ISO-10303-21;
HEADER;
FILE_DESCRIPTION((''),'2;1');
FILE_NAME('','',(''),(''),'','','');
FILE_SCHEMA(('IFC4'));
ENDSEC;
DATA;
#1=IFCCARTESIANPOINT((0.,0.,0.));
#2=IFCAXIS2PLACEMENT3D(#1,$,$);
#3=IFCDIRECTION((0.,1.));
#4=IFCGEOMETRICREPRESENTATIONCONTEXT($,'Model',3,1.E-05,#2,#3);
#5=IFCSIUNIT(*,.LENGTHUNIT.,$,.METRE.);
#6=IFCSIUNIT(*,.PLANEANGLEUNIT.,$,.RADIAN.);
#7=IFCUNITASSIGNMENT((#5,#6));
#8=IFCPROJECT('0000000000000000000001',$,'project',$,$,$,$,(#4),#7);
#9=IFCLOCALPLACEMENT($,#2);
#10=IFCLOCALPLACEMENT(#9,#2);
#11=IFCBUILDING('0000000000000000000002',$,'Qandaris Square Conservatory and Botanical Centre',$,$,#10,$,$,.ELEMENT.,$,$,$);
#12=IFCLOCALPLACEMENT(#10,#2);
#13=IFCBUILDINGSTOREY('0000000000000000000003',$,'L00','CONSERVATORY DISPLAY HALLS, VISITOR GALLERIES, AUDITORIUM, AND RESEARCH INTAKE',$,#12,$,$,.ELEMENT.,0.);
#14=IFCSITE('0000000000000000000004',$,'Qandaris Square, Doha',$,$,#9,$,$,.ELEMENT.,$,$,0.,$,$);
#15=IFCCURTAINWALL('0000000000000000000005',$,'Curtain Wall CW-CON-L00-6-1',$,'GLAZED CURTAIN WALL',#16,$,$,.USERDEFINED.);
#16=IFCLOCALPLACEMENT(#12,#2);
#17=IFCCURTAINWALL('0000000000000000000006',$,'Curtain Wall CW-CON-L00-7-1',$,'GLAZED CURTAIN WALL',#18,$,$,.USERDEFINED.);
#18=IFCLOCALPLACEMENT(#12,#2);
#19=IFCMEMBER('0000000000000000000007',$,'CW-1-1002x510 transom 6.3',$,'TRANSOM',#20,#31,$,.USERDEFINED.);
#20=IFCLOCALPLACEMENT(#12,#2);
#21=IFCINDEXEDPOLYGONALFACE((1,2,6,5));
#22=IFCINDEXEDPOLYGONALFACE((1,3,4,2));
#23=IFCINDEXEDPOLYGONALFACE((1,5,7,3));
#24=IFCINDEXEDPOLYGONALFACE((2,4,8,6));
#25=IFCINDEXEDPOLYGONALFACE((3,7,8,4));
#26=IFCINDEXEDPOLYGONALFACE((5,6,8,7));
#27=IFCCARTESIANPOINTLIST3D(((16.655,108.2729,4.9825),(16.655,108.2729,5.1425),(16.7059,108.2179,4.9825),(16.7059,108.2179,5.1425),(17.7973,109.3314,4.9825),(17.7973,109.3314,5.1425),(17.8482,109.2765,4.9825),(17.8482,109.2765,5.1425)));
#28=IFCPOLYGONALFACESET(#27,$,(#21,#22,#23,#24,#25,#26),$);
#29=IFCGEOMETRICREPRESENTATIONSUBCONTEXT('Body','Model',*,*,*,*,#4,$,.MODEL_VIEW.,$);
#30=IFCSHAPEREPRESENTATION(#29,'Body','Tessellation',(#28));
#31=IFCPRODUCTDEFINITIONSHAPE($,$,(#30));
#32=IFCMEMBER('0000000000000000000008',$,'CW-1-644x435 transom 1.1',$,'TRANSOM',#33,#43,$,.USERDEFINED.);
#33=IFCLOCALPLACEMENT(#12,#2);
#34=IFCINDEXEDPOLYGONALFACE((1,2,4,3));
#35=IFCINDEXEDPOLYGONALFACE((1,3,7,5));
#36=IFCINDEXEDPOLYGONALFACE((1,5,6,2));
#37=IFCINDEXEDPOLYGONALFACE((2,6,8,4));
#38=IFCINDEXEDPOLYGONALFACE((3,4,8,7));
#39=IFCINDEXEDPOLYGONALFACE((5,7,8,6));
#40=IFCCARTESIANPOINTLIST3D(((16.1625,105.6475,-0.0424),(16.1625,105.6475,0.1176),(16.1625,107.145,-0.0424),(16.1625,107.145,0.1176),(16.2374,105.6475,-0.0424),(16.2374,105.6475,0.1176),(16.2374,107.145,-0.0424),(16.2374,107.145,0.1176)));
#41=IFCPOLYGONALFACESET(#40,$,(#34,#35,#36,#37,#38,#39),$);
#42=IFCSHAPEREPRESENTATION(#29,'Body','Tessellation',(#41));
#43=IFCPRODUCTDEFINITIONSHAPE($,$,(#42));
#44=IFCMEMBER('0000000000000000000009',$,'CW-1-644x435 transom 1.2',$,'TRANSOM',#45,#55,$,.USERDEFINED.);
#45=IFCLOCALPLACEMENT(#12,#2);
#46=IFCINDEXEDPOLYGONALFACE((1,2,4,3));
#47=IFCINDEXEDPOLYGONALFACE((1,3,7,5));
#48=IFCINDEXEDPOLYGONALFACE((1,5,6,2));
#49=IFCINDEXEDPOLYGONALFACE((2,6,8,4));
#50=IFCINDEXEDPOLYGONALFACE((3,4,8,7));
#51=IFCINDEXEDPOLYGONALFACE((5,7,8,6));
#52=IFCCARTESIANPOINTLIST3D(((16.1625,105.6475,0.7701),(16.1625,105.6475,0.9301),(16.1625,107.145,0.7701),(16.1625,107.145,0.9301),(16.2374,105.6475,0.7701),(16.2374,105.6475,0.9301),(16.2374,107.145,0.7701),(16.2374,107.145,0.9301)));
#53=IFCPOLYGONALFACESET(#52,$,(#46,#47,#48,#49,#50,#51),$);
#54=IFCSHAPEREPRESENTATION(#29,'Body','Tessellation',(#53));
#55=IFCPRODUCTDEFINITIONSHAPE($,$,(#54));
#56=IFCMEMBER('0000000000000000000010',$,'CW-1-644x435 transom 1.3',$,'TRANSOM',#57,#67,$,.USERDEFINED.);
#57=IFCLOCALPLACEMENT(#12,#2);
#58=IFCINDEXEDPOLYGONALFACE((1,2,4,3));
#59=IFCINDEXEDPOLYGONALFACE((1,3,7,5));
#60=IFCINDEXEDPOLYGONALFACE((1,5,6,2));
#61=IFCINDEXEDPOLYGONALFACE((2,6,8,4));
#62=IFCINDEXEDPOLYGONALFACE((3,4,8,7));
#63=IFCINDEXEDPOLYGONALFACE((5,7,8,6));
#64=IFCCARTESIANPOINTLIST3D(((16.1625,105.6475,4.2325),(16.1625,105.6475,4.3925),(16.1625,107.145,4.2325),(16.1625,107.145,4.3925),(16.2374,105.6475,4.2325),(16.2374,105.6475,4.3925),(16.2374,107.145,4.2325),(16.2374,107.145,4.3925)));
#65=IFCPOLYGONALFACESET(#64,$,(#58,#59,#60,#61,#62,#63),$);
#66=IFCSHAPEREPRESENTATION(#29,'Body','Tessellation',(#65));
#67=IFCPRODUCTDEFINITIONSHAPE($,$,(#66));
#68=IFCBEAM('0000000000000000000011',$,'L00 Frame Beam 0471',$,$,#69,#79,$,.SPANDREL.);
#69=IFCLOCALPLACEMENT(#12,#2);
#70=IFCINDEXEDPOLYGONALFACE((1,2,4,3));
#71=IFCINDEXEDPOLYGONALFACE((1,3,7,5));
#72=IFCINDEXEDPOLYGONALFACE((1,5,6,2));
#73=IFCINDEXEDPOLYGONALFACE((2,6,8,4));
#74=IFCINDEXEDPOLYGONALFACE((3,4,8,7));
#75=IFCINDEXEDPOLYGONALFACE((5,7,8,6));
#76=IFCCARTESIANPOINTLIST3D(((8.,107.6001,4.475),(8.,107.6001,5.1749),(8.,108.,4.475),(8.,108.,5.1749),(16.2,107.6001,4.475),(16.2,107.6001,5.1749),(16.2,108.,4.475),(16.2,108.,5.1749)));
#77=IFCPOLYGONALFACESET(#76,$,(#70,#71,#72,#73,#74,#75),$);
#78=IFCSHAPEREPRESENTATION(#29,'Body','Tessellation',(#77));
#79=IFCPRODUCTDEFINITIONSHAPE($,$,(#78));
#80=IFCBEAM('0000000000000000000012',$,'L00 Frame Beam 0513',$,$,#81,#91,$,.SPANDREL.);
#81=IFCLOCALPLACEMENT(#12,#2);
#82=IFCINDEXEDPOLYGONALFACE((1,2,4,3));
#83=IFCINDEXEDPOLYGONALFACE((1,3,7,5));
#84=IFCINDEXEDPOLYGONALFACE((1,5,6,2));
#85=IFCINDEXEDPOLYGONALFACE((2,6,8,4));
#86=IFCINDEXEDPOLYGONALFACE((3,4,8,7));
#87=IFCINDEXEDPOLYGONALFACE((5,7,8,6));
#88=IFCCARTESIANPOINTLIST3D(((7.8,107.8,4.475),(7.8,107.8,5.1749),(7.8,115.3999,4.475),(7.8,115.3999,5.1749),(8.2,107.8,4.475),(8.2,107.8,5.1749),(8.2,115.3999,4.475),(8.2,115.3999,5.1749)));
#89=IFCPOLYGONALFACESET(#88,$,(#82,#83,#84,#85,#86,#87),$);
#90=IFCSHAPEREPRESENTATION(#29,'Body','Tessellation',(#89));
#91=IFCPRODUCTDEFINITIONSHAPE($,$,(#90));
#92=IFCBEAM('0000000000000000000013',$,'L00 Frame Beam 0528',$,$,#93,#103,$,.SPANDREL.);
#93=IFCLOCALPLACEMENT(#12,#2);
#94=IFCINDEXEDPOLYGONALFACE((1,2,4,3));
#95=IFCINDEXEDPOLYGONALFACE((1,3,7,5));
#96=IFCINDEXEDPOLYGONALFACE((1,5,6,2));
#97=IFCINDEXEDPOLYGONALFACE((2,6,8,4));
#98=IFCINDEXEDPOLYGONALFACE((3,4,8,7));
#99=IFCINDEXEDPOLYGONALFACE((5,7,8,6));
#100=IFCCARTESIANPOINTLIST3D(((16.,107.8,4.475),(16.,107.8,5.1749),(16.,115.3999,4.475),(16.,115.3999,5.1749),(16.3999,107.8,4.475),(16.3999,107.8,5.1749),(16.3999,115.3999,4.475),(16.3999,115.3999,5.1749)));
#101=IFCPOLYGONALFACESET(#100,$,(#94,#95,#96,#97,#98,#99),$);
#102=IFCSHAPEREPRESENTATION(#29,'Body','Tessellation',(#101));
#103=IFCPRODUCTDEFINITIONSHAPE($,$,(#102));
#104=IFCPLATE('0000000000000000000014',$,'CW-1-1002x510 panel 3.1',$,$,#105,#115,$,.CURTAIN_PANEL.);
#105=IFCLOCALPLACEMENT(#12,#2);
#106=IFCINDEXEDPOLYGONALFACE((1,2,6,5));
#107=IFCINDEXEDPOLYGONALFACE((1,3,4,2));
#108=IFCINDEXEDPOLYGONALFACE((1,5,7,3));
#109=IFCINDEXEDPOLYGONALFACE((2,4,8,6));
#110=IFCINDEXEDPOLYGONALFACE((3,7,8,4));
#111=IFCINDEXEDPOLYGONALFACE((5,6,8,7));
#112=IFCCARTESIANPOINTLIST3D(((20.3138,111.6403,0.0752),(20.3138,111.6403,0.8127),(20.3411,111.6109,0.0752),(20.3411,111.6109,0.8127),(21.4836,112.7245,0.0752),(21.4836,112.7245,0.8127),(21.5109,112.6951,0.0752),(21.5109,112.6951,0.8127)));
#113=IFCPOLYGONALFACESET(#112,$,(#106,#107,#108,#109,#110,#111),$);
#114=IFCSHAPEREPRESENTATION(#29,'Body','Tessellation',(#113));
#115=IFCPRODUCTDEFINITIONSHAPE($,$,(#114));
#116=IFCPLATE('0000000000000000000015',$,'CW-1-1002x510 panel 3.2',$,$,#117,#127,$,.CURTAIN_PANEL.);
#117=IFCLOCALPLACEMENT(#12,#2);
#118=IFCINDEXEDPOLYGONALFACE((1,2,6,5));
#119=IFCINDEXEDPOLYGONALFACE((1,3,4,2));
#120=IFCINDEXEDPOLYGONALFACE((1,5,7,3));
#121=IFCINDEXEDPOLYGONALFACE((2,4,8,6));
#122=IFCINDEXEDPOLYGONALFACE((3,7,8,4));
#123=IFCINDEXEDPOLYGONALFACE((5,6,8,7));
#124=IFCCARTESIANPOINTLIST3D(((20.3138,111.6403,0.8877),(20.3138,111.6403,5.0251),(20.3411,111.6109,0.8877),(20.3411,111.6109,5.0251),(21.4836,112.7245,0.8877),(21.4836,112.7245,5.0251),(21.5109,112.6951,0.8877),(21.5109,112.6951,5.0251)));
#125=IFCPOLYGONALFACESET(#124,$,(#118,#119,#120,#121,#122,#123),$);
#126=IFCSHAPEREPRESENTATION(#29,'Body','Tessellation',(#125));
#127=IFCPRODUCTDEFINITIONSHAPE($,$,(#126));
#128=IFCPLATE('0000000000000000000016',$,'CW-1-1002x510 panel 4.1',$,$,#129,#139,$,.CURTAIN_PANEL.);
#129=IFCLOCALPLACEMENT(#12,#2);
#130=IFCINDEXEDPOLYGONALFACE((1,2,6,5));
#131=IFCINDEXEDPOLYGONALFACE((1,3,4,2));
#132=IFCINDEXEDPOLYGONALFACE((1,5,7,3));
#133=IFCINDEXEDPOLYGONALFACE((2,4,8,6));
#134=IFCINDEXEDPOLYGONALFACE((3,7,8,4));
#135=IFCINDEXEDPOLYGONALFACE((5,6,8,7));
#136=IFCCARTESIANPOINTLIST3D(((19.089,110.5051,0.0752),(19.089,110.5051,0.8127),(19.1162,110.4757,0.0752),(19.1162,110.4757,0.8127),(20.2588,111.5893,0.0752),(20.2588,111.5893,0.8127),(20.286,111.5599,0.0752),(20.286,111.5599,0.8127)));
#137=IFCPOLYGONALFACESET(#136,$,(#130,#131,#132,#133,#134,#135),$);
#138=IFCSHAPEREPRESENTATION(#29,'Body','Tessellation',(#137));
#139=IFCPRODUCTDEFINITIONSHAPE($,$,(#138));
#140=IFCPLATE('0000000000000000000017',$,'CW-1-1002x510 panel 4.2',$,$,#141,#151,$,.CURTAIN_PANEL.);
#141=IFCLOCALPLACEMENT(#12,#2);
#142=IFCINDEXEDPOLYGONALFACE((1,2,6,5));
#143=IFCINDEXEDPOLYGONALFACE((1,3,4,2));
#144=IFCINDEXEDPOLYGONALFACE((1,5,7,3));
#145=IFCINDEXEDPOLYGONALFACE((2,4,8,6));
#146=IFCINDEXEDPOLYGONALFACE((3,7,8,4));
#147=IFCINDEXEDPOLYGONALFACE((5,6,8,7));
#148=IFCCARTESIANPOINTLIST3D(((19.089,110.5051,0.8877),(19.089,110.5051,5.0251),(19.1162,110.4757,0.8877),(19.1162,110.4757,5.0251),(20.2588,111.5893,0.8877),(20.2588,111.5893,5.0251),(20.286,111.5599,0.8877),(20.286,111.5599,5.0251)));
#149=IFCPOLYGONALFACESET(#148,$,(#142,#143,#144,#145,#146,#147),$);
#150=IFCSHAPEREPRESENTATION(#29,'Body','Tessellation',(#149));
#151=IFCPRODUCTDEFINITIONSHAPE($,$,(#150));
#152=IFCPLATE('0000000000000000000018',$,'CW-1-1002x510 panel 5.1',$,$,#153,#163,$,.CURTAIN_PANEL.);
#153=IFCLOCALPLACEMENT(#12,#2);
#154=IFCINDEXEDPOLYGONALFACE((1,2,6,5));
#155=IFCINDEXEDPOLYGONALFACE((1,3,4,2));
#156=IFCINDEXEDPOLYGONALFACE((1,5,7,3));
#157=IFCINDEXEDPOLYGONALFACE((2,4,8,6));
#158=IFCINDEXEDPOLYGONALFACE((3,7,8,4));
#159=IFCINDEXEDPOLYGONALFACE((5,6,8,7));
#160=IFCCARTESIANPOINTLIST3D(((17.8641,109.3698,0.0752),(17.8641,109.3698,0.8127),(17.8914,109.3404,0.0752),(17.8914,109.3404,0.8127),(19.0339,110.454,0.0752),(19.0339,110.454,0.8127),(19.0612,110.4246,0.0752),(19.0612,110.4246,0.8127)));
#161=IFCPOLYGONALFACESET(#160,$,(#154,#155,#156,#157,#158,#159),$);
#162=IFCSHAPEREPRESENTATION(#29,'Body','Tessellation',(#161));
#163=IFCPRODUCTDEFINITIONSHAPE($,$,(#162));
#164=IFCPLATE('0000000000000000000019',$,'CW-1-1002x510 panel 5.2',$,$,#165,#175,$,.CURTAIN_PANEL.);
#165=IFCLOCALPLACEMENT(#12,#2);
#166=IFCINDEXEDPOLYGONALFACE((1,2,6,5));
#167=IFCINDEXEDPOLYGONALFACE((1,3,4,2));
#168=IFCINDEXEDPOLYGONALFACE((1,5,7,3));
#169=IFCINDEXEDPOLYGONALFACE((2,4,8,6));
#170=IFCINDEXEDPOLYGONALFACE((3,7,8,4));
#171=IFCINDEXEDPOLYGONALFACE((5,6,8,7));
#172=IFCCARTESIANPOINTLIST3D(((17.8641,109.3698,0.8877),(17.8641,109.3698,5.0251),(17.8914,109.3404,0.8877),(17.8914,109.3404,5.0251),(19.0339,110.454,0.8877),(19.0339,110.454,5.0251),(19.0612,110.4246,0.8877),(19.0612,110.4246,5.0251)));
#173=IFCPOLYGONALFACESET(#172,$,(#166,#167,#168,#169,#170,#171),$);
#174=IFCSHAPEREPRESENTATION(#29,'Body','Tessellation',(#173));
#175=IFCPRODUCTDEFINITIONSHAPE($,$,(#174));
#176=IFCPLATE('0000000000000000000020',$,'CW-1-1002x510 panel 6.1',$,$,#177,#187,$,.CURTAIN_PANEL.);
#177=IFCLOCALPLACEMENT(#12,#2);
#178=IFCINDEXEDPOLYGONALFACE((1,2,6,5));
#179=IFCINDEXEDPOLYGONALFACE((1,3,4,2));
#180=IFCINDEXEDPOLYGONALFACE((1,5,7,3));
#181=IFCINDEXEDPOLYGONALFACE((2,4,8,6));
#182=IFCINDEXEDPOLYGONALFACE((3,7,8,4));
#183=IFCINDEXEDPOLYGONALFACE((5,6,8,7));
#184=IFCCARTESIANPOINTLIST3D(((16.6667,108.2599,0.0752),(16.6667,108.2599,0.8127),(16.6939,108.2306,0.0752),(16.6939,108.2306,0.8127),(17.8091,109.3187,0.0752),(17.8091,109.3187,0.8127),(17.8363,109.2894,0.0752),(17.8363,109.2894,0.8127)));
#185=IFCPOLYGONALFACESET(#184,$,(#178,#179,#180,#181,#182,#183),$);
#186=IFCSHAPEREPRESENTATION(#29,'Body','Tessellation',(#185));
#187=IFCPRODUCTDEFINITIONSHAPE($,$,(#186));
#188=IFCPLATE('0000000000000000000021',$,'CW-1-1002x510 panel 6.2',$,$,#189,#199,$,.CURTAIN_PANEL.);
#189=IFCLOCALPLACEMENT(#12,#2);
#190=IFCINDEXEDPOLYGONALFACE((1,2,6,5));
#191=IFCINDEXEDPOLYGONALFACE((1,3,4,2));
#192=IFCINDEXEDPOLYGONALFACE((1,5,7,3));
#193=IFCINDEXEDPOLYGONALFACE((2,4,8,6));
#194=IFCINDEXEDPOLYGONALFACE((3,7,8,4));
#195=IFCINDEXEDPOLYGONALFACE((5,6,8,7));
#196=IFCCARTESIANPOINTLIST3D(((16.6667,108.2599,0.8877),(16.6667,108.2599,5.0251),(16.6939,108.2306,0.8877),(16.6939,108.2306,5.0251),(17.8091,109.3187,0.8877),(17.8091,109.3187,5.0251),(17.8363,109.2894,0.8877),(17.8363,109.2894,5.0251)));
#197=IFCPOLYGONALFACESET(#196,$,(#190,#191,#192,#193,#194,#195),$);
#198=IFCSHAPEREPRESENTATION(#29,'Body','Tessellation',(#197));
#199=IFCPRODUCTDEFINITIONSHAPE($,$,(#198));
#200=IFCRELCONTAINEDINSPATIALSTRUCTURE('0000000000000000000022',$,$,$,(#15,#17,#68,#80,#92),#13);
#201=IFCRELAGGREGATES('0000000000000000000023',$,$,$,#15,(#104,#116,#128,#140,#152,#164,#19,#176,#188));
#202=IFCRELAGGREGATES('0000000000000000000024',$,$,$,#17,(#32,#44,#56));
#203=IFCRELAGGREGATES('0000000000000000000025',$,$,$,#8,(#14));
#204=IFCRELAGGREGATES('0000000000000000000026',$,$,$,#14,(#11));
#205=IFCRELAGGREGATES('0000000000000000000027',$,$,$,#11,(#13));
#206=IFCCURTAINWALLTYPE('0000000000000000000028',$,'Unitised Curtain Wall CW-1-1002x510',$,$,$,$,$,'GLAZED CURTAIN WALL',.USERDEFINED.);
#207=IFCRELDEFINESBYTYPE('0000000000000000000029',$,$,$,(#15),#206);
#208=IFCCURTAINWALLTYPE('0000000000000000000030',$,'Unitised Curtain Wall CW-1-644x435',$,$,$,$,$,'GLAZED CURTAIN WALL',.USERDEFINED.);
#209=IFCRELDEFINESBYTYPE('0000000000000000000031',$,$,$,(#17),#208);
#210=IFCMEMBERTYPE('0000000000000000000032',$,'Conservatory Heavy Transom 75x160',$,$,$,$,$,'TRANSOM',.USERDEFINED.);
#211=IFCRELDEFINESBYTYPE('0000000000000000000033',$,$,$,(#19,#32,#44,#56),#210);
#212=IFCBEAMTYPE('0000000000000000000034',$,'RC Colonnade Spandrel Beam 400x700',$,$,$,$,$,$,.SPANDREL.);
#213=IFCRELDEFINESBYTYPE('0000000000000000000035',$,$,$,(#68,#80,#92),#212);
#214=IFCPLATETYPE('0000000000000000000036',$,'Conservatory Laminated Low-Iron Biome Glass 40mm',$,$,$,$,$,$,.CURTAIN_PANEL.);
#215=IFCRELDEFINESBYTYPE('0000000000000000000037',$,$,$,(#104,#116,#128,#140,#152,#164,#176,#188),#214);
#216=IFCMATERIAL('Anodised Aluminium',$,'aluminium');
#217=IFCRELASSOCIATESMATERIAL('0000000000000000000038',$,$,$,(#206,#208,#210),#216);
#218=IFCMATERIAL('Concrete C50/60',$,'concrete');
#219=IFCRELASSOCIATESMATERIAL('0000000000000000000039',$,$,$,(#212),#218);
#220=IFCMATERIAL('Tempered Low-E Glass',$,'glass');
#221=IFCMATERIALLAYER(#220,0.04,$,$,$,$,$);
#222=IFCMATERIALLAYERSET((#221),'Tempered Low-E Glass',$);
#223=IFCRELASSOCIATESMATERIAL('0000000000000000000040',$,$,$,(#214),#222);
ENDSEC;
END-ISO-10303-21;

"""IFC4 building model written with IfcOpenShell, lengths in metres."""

from ifc_helpers import new_model, si_unit, direction, frame, origin, origin_2d, place, context, subcontext, project, spatial, rectangle, extrude, material, layer, layer_set, material_profile, profile_set, type_object, element, aggregate, save


model = new_model("IFC4")

# Units and contexts
model_context = context("Model", 3, precision=1e-05, world=origin(), true_north=direction((0.0, 1.0)))
body_context = subcontext(model_context, "Body", "Model", "MODEL_VIEW")
ifc_project = project(units=[si_unit("LENGTHUNIT", "METRE"), si_unit("PLANEANGLEUNIT", "RADIAN")], contexts=[model_context])

# Site, building, storey
site_placement = place(None, origin())
site = spatial("IfcSite", under=ifc_project, at=site_placement, Name="Qandaris Square, Doha", CompositionType="ELEMENT", RefElevation=0.0)
building_placement = place(site_placement, origin())
building = spatial("IfcBuilding", under=site, at=building_placement, Name="Qandaris Square Conservatory and Botanical Centre", CompositionType="ELEMENT")
storey_placement = place(building_placement, origin())
storey = spatial("IfcBuildingStorey", under=building, at=storey_placement, Name="L00", Description="CONSERVATORY DISPLAY HALLS, VISITOR GALLERIES, AUDITORIUM, AND RESEARCH INTAKE", CompositionType="ELEMENT", Elevation=0.0)

# Shared definitions
ifc_material_1 = material(Name="Concrete C50/60", Category="concrete")

# Curtain wall
ifc_material_2 = material(Name="Anodised Aluminium", Category="aluminium")
curtain_wall_type_1 = type_object("IfcCurtainWallType", Name="Unitised Curtain Wall CW-1-1002x510", ElementType="GLAZED CURTAIN WALL", PredefinedType="USERDEFINED", material=ifc_material_2)
curtain_wall_1_placement = place(storey_placement, origin())
curtain_wall_1 = element("IfcCurtainWall", 1, at=curtain_wall_1_placement, inside=storey, type_object=curtain_wall_type_1, Name="Curtain Wall CW-CON-L00-6-1", ObjectType="GLAZED CURTAIN WALL", PredefinedType="USERDEFINED")

# Curtain wall
curtain_wall_type_2 = type_object("IfcCurtainWallType", Name="Unitised Curtain Wall CW-1-644x435", ElementType="GLAZED CURTAIN WALL", PredefinedType="USERDEFINED", material=ifc_material_2)
curtain_wall_2_placement = place(storey_placement, origin())
curtain_wall_2 = element("IfcCurtainWall", 2, at=curtain_wall_2_placement, inside=storey, type_object=curtain_wall_type_2, Name="Curtain Wall CW-CON-L00-7-1", ObjectType="GLAZED CURTAIN WALL", PredefinedType="USERDEFINED")

# Members
ifc_material_profile_1 = material_profile(ifc_material_2, rectangle(XDim=0.075, YDim=0.1599, at=origin_2d()), Name="ALU-TRN 75x160")
ifc_profile_set_1 = profile_set([ifc_material_profile_1], Name="Anodised Aluminium")
member_type_1 = type_object("IfcMemberType", Name="Conservatory Heavy Transom 75x160", ElementType="TRANSOM", PredefinedType="USERDEFINED", material=ifc_profile_set_1)
member_1_placement = place(storey_placement, frame((17.8228, 109.304, 5.0625), z_axis=(-0.73348, -0.679711, 0.0), x_axis=(0.679711, -0.73348, 0.0)))
member_1 = element("IfcMember", 3, at=member_1_placement, type_object=member_type_1, Name="CW-1-1002x510 transom 6.3", ObjectType="TRANSOM", PredefinedType="USERDEFINED", context=body_context, shape_type="SweptSolid", body=[
    extrude(rectangle(XDim=0.075, YDim=0.1599, at=origin_2d()), origin(), (0.0, 0.0, 1.0), 1.5574),
])
member_2_placement = place(storey_placement, frame((16.2, 107.145, 0.0376), z_axis=(0.0, -1.0, 0.0), x_axis=(1.0, 0.0, 0.0)))
member_2 = element("IfcMember", 4, at=member_2_placement, type_object=member_type_1, Name="CW-1-644x435 transom 1.1", ObjectType="TRANSOM", PredefinedType="USERDEFINED", context=body_context, shape_type="SweptSolid", body=[
    extrude(rectangle(XDim=0.075, YDim=0.1599, at=origin_2d()), origin(), (0.0, 0.0, 1.0), 1.4976),
])
member_3_placement = place(storey_placement, frame((16.2, 107.145, 0.8501), z_axis=(0.0, -1.0, 0.0), x_axis=(1.0, 0.0, 0.0)))
member_3 = element("IfcMember", 5, at=member_3_placement, type_object=member_type_1, Name="CW-1-644x435 transom 1.2", ObjectType="TRANSOM", PredefinedType="USERDEFINED", context=body_context, shape_type="SweptSolid", body=[
    extrude(rectangle(XDim=0.075, YDim=0.1599, at=origin_2d()), origin(), (0.0, 0.0, 1.0), 1.4976),
])
member_4_placement = place(storey_placement, frame((16.2, 107.145, 4.3125), z_axis=(0.0, -1.0, 0.0), x_axis=(1.0, 0.0, 0.0)))
member_4 = element("IfcMember", 6, at=member_4_placement, type_object=member_type_1, Name="CW-1-644x435 transom 1.3", ObjectType="TRANSOM", PredefinedType="USERDEFINED", context=body_context, shape_type="SweptSolid", body=[
    extrude(rectangle(XDim=0.075, YDim=0.1599, at=origin_2d()), origin(), (0.0, 0.0, 1.0), 1.4976),
])

# Beams
ifc_material_profile_2 = material_profile(ifc_material_1, rectangle(XDim=0.3999, YDim=0.7, at=origin_2d()), Name="RC-SP 400x700")
ifc_profile_set_2 = profile_set([ifc_material_profile_2], Name="Concrete C50/60")
beam_type = type_object("IfcBeamType", Name="RC Colonnade Spandrel Beam 400x700", PredefinedType="SPANDREL", material=ifc_profile_set_2)
beam_placement = place(storey_placement, frame((8.0, 107.8, 4.825), z_axis=(1.0, 0.0, 0.0), x_axis=(0.0, 1.0, 0.0)))
element("IfcBeam", 7, at=beam_placement, inside=storey, type_object=beam_type, Name="L00 Frame Beam 0471", PredefinedType="SPANDREL", context=body_context, shape_type="SweptSolid", body=[
    extrude(rectangle(XDim=0.3999, YDim=0.7, at=origin_2d()), origin(), (0.0, 0.0, 1.0), 8.2),
])
for number, where, z_axis, x_axis, name in (
    (8, (8.0, 107.8, 4.825), (0.0, 1.0, 0.0), (-1.0, 0.0, 0.0), "L00 Frame Beam 0513"),
    (9, (16.2, 107.8, 4.825), (0.0, 1.0, 0.0), (-1.0, 0.0, 0.0), "L00 Frame Beam 0528"),
):
    element("IfcBeam", number, at=place(storey_placement, frame(where, z_axis=z_axis, x_axis=x_axis)), inside=storey, type_object=beam_type, Name=name, PredefinedType="SPANDREL", context=body_context, shape_type="SweptSolid", body=[
        extrude(rectangle(XDim=0.3999, YDim=0.7, at=origin_2d()), origin(), (0.0, 0.0, 1.0), 7.5999),
    ])

# Plates
ifc_material_3 = material(Name="Tempered Low-E Glass", Category="glass")
ifc_layer = layer(ifc_material_3, 0.04)
ifc_layer_set = layer_set([ifc_layer], Name="Tempered Low-E Glass")
plate_type = type_object("IfcPlateType", Name="Conservatory Laminated Low-Iron Biome Glass 40mm", PredefinedType="CURTAIN_PANEL", material=ifc_layer_set)
plate_1_placement = place(storey_placement, frame((20.9124, 112.1677, 0.0752), z_axis=(0.0, 0.0, 1.0), x_axis=(-0.733433, -0.679762, 0.0)))
plate_1 = element("IfcPlate", 10, at=plate_1_placement, type_object=plate_type, Name="CW-1-1002x510 panel 3.1", PredefinedType="CURTAIN_PANEL", context=body_context, shape_type="SweptSolid", body=[
    extrude(rectangle(XDim=1.595, YDim=0.04, at=origin_2d()), origin(), (0.0, 0.0, 1.0), 0.7375),
])
plate_2_placement = place(storey_placement, frame((20.9124, 112.1677, 0.8877), z_axis=(0.0, 0.0, 1.0), x_axis=(-0.733433, -0.679762, 0.0)))
plate_2 = element("IfcPlate", 11, at=plate_2_placement, type_object=plate_type, Name="CW-1-1002x510 panel 3.2", PredefinedType="CURTAIN_PANEL", context=body_context, shape_type="SweptSolid", body=[
    extrude(rectangle(XDim=1.595, YDim=0.04, at=origin_2d()), origin(), (0.0, 0.0, 1.0), 4.1375),
])
plate_3_placement = place(storey_placement, frame((19.6875, 111.0325, 0.0752), z_axis=(0.0, 0.0, 1.0), x_axis=(-0.733433, -0.679762, 0.0)))
plate_3 = element("IfcPlate", 12, at=plate_3_placement, type_object=plate_type, Name="CW-1-1002x510 panel 4.1", PredefinedType="CURTAIN_PANEL", context=body_context, shape_type="SweptSolid", body=[
    extrude(rectangle(XDim=1.595, YDim=0.04, at=origin_2d()), origin(), (0.0, 0.0, 1.0), 0.7375),
])
plate_4_placement = place(storey_placement, frame((19.6875, 111.0325, 0.8877), z_axis=(0.0, 0.0, 1.0), x_axis=(-0.733433, -0.679762, 0.0)))
plate_4 = element("IfcPlate", 13, at=plate_4_placement, type_object=plate_type, Name="CW-1-1002x510 panel 4.2", PredefinedType="CURTAIN_PANEL", context=body_context, shape_type="SweptSolid", body=[
    extrude(rectangle(XDim=1.595, YDim=0.04, at=origin_2d()), origin(), (0.0, 0.0, 1.0), 4.1375),
])
plate_5_placement = place(storey_placement, frame((18.4626, 109.8972, 0.0752), z_axis=(0.0, 0.0, 1.0), x_axis=(-0.733433, -0.679762, 0.0)))
plate_5 = element("IfcPlate", 14, at=plate_5_placement, type_object=plate_type, Name="CW-1-1002x510 panel 5.1", PredefinedType="CURTAIN_PANEL", context=body_context, shape_type="SweptSolid", body=[
    extrude(rectangle(XDim=1.595, YDim=0.04, at=origin_2d()), origin(), (0.0, 0.0, 1.0), 0.7375),
])
plate_6_placement = place(storey_placement, frame((18.4626, 109.8972, 0.8877), z_axis=(0.0, 0.0, 1.0), x_axis=(-0.733433, -0.679762, 0.0)))
plate_6 = element("IfcPlate", 15, at=plate_6_placement, type_object=plate_type, Name="CW-1-1002x510 panel 5.2", PredefinedType="CURTAIN_PANEL", context=body_context, shape_type="SweptSolid", body=[
    extrude(rectangle(XDim=1.595, YDim=0.04, at=origin_2d()), origin(), (0.0, 0.0, 1.0), 4.1375),
])
plate_7_placement = place(storey_placement, frame((17.2515, 108.7747, 0.0752), z_axis=(0.0, 0.0, 1.0), x_axis=(-0.733433, -0.679762, 0.0)))
plate_7 = element("IfcPlate", 16, at=plate_7_placement, type_object=plate_type, Name="CW-1-1002x510 panel 6.1", PredefinedType="CURTAIN_PANEL", context=body_context, shape_type="SweptSolid", body=[
    extrude(rectangle(XDim=1.5576, YDim=0.04, at=origin_2d()), origin(), (0.0, 0.0, 1.0), 0.7375),
])
plate_8_placement = place(storey_placement, frame((17.2515, 108.7747, 0.8877), z_axis=(0.0, 0.0, 1.0), x_axis=(-0.733433, -0.679762, 0.0)))
plate_8 = element("IfcPlate", 17, at=plate_8_placement, type_object=plate_type, Name="CW-1-1002x510 panel 6.2", PredefinedType="CURTAIN_PANEL", context=body_context, shape_type="SweptSolid", body=[
    extrude(rectangle(XDim=1.5576, YDim=0.04, at=origin_2d()), origin(), (0.0, 0.0, 1.0), 4.1375),
])
aggregate(curtain_wall_1, [plate_1, plate_2, plate_3, plate_4, plate_5, plate_6, member_1, plate_7, plate_8])
aggregate(curtain_wall_2, [member_2, member_3, member_4])

save(model, "model.ifc")
